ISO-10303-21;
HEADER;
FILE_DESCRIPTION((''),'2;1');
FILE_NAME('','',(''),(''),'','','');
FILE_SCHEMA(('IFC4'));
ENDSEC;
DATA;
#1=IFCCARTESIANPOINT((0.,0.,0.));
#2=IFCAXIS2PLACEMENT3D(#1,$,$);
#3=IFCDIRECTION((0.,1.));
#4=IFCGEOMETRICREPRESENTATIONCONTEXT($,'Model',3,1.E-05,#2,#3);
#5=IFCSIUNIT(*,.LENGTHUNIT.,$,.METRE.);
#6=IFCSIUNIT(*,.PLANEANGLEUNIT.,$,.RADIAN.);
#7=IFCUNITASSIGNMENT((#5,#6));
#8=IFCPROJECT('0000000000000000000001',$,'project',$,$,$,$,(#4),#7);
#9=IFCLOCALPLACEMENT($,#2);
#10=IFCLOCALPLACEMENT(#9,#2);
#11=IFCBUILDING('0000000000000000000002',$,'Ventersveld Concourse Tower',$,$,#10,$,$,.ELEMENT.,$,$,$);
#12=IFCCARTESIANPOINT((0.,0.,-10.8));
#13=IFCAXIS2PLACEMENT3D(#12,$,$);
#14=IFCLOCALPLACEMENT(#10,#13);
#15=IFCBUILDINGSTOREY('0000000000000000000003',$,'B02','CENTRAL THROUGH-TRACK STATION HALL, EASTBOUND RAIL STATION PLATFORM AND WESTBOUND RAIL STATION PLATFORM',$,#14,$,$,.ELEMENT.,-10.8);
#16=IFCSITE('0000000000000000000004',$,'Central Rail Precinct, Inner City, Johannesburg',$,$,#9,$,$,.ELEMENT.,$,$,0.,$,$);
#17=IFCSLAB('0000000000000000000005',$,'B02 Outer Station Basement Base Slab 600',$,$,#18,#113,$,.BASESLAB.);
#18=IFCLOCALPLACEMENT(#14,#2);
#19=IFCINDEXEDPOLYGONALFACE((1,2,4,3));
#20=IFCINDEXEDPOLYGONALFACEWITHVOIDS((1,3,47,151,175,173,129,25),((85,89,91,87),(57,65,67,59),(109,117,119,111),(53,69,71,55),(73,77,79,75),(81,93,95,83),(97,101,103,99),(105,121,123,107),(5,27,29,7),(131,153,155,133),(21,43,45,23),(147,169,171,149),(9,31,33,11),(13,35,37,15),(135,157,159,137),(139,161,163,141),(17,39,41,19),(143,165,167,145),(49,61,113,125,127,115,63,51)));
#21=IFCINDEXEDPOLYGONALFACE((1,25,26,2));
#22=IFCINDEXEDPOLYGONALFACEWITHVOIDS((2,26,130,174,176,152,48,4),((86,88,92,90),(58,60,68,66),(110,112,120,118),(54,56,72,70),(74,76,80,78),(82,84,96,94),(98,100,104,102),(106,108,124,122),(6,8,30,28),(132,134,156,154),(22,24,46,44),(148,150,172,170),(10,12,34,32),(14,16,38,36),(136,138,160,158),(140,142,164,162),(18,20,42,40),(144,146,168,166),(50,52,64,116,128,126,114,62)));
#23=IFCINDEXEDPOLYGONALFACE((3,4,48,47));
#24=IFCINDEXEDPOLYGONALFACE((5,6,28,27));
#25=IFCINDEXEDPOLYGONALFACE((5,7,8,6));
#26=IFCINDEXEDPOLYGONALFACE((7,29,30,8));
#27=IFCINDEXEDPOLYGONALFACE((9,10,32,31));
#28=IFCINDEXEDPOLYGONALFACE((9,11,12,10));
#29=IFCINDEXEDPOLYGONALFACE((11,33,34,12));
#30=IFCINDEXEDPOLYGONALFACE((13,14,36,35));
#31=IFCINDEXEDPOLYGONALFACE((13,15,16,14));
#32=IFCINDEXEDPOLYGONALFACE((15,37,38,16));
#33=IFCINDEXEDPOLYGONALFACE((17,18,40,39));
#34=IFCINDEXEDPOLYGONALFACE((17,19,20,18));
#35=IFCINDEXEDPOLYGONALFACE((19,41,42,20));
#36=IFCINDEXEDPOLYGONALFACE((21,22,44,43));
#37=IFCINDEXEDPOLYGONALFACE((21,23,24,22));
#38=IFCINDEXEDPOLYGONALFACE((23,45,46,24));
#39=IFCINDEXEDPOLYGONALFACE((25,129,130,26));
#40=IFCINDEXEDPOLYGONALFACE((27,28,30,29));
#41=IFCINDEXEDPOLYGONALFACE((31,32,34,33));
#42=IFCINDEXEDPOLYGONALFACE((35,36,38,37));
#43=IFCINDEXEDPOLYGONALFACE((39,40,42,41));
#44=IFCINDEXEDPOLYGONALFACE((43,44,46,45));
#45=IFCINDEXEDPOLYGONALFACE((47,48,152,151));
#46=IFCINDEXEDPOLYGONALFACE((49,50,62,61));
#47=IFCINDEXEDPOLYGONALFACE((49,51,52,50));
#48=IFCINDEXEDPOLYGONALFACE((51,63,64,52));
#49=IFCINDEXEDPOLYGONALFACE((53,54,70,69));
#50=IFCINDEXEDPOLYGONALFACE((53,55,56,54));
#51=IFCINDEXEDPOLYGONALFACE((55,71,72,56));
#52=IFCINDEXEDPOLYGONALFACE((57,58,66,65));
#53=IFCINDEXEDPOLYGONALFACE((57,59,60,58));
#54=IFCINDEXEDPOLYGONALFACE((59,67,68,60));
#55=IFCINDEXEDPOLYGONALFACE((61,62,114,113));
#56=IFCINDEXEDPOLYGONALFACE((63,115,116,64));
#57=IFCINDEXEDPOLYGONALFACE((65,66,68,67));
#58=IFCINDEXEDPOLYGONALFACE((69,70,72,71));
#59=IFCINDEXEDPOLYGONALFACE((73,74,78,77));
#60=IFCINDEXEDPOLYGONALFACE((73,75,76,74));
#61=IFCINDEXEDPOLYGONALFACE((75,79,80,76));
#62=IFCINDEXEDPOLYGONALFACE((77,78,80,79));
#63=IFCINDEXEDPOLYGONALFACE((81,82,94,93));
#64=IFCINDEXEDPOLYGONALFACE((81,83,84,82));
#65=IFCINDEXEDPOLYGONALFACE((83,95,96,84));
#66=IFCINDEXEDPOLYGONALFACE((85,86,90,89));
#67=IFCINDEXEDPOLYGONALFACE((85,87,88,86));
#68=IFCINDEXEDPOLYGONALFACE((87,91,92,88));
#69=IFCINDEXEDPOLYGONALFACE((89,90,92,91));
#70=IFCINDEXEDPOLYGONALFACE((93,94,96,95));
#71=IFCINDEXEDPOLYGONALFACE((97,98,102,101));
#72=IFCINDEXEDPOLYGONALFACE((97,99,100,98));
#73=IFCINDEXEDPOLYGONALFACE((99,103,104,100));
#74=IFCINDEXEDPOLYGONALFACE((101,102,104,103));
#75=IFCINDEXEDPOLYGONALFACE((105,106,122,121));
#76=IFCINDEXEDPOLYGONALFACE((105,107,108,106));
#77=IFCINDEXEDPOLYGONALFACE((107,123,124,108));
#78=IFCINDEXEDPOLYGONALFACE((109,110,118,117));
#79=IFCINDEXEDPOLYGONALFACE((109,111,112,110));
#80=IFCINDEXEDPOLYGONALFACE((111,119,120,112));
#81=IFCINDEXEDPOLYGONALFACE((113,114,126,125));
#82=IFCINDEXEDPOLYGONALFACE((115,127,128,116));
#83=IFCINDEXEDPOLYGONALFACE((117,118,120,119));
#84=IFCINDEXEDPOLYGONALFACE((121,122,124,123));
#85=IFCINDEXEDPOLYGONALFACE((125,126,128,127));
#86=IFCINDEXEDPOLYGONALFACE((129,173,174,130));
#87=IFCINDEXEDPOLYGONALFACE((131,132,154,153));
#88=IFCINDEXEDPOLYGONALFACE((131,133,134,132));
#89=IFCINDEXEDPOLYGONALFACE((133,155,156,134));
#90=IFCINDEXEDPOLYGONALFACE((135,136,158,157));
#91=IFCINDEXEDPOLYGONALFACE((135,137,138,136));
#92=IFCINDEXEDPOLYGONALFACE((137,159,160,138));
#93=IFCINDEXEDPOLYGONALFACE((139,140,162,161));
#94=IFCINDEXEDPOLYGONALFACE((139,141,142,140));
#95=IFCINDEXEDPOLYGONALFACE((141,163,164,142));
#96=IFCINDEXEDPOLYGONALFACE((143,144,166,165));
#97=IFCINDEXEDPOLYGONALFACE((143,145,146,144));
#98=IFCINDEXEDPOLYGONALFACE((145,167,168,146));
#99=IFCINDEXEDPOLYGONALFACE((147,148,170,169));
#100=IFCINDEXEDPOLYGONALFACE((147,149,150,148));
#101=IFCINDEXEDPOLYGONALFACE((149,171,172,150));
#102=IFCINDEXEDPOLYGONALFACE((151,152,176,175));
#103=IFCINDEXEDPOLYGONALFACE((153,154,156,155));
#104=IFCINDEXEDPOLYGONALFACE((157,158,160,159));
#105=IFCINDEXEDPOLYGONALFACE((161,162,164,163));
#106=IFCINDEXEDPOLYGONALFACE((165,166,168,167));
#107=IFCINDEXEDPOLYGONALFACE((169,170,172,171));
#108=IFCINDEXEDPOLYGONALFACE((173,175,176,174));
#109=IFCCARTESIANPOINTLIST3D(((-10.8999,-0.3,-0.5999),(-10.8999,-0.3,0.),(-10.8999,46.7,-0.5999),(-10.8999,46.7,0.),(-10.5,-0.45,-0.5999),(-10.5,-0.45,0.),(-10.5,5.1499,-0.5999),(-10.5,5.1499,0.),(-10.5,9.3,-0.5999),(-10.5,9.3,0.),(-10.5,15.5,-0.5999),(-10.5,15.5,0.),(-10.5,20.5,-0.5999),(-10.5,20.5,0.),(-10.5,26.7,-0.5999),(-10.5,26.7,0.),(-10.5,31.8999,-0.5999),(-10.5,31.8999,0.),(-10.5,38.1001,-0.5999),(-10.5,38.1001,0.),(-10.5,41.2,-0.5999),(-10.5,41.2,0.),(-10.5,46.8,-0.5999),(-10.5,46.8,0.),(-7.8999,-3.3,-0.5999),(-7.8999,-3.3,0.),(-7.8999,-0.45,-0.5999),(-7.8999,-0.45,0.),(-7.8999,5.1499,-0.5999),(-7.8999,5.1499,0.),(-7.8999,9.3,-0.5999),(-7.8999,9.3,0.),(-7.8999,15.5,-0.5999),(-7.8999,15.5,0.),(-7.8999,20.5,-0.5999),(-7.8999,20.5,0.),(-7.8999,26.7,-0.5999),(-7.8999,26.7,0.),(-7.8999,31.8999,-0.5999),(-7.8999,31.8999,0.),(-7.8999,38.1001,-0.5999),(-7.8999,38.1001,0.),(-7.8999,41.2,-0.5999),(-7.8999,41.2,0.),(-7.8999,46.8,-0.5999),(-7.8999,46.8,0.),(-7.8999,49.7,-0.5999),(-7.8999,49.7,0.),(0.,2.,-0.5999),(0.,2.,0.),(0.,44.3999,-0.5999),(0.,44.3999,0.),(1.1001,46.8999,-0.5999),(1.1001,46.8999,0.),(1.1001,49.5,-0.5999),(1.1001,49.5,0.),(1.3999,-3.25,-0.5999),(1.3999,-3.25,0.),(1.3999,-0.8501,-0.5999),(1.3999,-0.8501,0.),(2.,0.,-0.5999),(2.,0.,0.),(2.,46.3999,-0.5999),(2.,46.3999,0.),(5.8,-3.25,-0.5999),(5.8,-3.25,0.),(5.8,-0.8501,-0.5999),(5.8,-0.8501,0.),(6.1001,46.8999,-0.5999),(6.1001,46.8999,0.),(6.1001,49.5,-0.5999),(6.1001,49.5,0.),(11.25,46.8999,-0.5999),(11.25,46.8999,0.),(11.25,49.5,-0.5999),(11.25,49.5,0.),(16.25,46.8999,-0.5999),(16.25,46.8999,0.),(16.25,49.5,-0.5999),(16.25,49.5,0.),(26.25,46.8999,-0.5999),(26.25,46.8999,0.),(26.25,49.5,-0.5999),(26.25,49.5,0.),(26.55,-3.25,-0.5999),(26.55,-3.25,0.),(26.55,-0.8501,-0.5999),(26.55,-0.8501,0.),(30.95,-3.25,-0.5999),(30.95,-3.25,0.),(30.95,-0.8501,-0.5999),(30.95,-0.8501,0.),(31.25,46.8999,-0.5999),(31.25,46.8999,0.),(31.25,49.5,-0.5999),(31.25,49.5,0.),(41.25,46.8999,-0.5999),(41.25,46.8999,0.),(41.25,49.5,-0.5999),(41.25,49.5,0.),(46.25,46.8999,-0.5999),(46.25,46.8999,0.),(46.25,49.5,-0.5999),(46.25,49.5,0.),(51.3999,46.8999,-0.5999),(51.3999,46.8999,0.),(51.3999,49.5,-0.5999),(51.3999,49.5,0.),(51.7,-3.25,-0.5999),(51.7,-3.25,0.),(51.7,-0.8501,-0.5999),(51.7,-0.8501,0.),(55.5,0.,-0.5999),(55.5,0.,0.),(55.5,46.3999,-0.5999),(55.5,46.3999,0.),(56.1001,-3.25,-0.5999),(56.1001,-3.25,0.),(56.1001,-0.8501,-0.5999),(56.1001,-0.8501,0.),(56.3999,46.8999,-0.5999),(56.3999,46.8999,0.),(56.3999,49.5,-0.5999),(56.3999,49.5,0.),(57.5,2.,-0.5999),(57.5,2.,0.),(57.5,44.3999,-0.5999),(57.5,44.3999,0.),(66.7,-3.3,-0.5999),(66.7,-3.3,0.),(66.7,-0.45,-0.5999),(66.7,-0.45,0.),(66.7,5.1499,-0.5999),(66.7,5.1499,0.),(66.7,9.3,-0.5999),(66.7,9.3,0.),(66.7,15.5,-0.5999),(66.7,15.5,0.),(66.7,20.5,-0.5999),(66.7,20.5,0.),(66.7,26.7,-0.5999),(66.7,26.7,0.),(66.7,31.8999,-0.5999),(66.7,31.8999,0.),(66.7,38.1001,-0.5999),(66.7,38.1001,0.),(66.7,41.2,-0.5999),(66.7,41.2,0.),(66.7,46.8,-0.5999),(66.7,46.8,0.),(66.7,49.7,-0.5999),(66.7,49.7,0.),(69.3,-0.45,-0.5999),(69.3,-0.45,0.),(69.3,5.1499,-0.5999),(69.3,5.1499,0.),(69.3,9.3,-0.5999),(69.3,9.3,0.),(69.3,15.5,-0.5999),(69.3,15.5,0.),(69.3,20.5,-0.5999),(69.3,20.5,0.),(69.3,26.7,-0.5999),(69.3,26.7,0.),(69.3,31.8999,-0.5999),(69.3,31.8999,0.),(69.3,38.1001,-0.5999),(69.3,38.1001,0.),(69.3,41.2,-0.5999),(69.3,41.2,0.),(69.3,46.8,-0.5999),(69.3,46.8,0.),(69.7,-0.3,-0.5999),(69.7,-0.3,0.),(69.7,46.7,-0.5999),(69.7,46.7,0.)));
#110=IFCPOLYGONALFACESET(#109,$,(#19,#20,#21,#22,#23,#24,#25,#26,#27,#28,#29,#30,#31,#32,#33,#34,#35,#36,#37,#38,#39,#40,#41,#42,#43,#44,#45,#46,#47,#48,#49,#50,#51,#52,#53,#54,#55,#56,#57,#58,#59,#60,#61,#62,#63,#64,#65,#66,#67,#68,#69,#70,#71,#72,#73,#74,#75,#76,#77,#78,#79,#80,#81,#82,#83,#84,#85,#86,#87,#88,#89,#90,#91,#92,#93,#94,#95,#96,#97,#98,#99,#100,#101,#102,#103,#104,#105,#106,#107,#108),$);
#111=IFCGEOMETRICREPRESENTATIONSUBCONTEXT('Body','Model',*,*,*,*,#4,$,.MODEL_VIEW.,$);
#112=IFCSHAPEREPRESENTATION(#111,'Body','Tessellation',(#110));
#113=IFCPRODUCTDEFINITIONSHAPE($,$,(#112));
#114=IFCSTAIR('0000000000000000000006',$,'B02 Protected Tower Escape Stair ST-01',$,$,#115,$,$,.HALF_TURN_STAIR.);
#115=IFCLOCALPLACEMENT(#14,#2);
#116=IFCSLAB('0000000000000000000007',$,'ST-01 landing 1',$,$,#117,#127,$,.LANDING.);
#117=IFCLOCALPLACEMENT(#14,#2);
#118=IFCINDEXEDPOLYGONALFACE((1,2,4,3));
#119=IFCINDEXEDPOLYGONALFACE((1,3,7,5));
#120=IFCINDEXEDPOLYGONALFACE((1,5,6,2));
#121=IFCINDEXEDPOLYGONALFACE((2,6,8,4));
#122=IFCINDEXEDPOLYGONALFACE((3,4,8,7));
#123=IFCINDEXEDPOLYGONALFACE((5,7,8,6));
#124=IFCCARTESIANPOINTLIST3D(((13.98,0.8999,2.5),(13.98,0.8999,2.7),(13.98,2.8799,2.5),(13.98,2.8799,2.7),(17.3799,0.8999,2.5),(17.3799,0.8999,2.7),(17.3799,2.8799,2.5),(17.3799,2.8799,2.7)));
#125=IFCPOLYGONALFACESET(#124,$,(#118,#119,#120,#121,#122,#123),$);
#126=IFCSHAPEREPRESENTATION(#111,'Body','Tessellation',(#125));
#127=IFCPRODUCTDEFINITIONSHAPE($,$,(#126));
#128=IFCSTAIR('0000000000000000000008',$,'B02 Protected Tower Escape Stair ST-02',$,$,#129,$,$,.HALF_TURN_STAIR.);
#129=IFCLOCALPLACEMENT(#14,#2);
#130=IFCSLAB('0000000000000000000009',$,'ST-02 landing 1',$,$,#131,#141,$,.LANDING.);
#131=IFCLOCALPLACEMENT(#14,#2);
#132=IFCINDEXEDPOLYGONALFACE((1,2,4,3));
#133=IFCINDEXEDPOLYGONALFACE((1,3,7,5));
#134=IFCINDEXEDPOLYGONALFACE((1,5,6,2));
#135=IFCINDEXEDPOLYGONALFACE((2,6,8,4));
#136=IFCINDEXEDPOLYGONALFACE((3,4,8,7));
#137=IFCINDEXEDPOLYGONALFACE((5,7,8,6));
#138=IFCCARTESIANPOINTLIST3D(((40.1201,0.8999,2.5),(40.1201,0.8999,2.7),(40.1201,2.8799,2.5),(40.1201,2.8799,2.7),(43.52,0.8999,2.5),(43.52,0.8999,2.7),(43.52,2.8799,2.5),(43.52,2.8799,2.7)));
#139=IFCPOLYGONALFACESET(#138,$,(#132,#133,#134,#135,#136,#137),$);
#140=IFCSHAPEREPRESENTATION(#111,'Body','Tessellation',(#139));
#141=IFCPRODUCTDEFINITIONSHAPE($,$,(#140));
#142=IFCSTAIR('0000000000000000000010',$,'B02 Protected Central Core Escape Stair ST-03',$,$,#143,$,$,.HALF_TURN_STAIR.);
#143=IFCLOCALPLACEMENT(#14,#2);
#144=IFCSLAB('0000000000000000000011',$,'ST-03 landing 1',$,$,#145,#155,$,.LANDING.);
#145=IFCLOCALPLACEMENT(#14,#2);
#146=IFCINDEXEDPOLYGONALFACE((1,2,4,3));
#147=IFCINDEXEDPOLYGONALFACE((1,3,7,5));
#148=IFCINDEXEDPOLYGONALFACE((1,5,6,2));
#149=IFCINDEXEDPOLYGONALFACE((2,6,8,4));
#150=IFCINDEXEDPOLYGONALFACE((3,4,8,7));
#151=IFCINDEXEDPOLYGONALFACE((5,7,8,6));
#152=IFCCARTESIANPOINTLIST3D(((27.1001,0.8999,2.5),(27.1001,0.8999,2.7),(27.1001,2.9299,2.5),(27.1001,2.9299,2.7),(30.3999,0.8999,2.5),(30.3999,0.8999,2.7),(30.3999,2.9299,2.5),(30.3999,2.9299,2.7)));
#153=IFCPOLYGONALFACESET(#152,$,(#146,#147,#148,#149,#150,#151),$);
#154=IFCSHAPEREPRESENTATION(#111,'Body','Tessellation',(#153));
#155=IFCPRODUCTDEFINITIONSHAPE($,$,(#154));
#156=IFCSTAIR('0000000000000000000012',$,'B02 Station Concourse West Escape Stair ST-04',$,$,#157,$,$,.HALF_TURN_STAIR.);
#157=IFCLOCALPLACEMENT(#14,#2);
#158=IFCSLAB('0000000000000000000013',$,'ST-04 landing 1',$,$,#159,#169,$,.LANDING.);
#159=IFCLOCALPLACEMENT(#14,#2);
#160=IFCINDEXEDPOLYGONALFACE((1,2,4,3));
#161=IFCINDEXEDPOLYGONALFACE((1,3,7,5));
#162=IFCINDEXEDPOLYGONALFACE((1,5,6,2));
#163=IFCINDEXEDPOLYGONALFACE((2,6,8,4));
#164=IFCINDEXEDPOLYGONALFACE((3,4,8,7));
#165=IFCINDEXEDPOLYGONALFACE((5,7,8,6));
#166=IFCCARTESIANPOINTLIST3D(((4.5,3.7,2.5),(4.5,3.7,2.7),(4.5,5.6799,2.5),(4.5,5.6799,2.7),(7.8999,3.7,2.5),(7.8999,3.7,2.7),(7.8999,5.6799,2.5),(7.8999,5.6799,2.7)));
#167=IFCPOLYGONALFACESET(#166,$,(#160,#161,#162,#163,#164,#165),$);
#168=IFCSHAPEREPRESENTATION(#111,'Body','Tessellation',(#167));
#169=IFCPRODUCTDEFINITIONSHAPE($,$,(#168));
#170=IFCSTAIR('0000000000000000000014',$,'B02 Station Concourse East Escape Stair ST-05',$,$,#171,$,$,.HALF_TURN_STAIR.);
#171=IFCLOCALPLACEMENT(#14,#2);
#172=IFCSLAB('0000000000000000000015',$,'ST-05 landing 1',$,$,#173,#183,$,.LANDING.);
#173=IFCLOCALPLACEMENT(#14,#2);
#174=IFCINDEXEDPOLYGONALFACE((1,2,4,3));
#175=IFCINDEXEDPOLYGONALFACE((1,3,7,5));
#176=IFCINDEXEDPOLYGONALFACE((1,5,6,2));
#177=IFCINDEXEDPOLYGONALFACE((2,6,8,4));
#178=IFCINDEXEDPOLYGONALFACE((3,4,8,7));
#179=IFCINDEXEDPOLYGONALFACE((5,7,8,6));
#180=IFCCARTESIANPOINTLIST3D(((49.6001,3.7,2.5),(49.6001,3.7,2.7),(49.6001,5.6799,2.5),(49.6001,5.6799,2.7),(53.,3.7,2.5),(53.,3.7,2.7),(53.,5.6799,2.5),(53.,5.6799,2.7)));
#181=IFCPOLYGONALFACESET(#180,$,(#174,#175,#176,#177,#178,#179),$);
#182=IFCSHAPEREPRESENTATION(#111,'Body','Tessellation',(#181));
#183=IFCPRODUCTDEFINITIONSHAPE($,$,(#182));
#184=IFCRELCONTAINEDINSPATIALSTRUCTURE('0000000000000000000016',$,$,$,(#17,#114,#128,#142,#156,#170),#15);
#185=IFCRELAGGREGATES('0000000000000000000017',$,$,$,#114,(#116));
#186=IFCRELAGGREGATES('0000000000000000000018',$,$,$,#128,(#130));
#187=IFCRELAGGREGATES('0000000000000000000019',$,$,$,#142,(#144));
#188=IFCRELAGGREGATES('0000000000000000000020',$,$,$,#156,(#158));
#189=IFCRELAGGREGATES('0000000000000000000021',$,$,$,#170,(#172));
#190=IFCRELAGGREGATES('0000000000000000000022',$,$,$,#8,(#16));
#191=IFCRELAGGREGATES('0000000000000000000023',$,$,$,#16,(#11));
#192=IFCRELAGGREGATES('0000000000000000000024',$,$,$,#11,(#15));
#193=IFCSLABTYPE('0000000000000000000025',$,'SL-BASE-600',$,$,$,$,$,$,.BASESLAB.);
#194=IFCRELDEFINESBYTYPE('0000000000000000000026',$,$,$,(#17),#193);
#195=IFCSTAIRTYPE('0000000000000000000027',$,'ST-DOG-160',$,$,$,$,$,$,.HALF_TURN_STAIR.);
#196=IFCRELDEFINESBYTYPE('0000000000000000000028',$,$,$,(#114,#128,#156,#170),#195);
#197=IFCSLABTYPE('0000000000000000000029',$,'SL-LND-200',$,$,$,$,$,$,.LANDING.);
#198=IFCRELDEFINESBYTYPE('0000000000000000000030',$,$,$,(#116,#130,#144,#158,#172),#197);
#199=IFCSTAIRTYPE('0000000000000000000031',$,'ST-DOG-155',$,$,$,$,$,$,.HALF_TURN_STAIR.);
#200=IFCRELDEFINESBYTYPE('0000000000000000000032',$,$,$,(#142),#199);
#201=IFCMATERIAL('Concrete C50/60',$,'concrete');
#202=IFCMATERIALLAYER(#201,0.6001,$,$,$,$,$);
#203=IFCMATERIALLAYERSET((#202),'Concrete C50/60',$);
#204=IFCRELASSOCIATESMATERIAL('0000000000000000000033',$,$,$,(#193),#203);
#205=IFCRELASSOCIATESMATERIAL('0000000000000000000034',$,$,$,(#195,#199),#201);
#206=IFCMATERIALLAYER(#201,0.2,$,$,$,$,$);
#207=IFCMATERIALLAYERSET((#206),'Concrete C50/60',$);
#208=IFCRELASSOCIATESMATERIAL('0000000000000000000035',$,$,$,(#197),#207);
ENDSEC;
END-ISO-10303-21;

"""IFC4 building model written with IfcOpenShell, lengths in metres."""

from ifc_helpers import new_model, si_unit, direction, frame, origin, place, context, subcontext, project, spatial, polyline, outline, extrude, material, layer, layer_set, type_object, element, aggregate, save


model = new_model("IFC4")

# Units and contexts
model_context = context("Model", 3, precision=1e-05, world=origin(), true_north=direction((0.0, 1.0)))
body_context = subcontext(model_context, "Body", "Model", "MODEL_VIEW")
ifc_project = project(units=[si_unit("LENGTHUNIT", "METRE"), si_unit("PLANEANGLEUNIT", "RADIAN")], contexts=[model_context])

# Site, building, storey
site_placement = place(None, origin())
site = spatial("IfcSite", under=ifc_project, at=site_placement, Name="Central Rail Precinct, Inner City, Johannesburg", CompositionType="ELEMENT", RefElevation=0.0)
building_placement = place(site_placement, origin())
building = spatial("IfcBuilding", under=site, at=building_placement, Name="Ventersveld Concourse Tower", CompositionType="ELEMENT")
storey_placement = place(building_placement, frame((0.0, 0.0, -10.8)))
storey = spatial("IfcBuildingStorey", under=building, at=storey_placement, Name="B02", Description="CENTRAL THROUGH-TRACK STATION HALL, EASTBOUND RAIL STATION PLATFORM AND WESTBOUND RAIL STATION PLATFORM", CompositionType="ELEMENT", Elevation=-10.8)

# Shared definitions
ifc_material_1 = material(Name="Concrete C50/60", Category="concrete")

# Slab
ifc_layer_1 = layer(ifc_material_1, 0.6001)
ifc_layer_set_1 = layer_set([ifc_layer_1], Name="Concrete C50/60")
slab_type_1 = type_object("IfcSlabType", Name="SL-BASE-600", PredefinedType="BASESLAB", material=ifc_layer_set_1)
slab_1_placement = place(storey_placement, frame((0.0, 0.0, -0.5999)))
element("IfcSlab", 1, at=slab_1_placement, inside=storey, type_object=slab_type_1, Name="B02 Outer Station Basement Base Slab 600", PredefinedType="BASESLAB", context=body_context, shape_type="SweptSolid", body=[
    extrude(outline(polyline([(-7.8999, -3.3), (66.7, -3.3), (69.7, -0.3), (69.7, 46.7), (66.7, 49.7), (-7.8999, 49.7), (-10.8999, 46.7), (-10.8999, -0.3), (-7.8999, -3.3)]), holes=[polyline([(2.0, 0.0), (55.5, 0.0), (57.5, 2.0), (57.5, 44.3999), (55.5, 46.3999), (2.0, 46.3999), (0.0, 44.3999), (0.0, 2.0), (2.0, 0.0)]), polyline([(-10.5, -0.45), (-7.8999, -0.45), (-7.8999, 5.1499), (-10.5, 5.1499), (-10.5, -0.45)]), polyline([(-10.5, 9.3), (-7.8999, 9.3), (-7.8999, 15.5), (-10.5, 15.5), (-10.5, 9.3)]), polyline([(-10.5, 20.5), (-7.8999, 20.5), (-7.8999, 26.7), (-10.5, 26.7), (-10.5, 20.5)]), polyline([(-10.5, 31.8999), (-7.8999, 31.8999), (-7.8999, 38.1001), (-10.5, 38.1001), (-10.5, 31.8999)]), polyline([(-10.5, 41.2), (-7.8999, 41.2), (-7.8999, 46.8), (-10.5, 46.8), (-10.5, 41.2)]), polyline([(66.7, -0.45), (69.3, -0.45), (69.3, 5.1499), (66.7, 5.1499), (66.7, -0.45)]), polyline([(66.7, 9.3), (69.3, 9.3), (69.3, 15.5), (66.7, 15.5), (66.7, 9.3)]), polyline([(66.7, 20.5), (69.3, 20.5), (69.3, 26.7), (66.7, 26.7), (66.7, 20.5)]), polyline([(66.7, 31.8999), (69.3, 31.8999), (69.3, 38.1001), (66.7, 38.1001), (66.7, 31.8999)]), polyline([(66.7, 41.2), (69.3, 41.2), (69.3, 46.8), (66.7, 46.8), (66.7, 41.2)]), polyline([(1.1001, 46.8999), (6.1001, 46.8999), (6.1001, 49.5), (1.1001, 49.5), (1.1001, 46.8999)]), polyline([(11.25, 46.8999), (16.25, 46.8999), (16.25, 49.5), (11.25, 49.5), (11.25, 46.8999)]), polyline([(26.25, 46.8999), (31.25, 46.8999), (31.25, 49.5), (26.25, 49.5), (26.25, 46.8999)]), polyline([(41.25, 46.8999), (46.25, 46.8999), (46.25, 49.5), (41.25, 49.5), (41.25, 46.8999)]), polyline([(51.3999, 46.8999), (56.3999, 46.8999), (56.3999, 49.5), (51.3999, 49.5), (51.3999, 46.8999)]), polyline([(1.3999, -3.25), (5.8, -3.25), (5.8, -0.8501), (1.3999, -0.8501), (1.3999, -3.25)]), polyline([(26.55, -3.25), (30.95, -3.25), (30.95, -0.8501), (26.55, -0.8501), (26.55, -3.25)]), polyline([(51.7, -3.25), (56.1001, -3.25), (56.1001, -0.8501), (51.7, -0.8501), (51.7, -3.25)])]), origin(), (0.0, 0.0, 1.0), 0.5999),
])

# Stairs, slabs
stair_type_1 = type_object("IfcStairType", Name="ST-DOG-160", PredefinedType="HALF_TURN_STAIR", material=ifc_material_1)
stair_1_placement = place(storey_placement, origin())
stair_1 = element("IfcStair", 2, at=stair_1_placement, inside=storey, type_object=stair_type_1, Name="B02 Protected Tower Escape Stair ST-01", PredefinedType="HALF_TURN_STAIR")
ifc_layer_2 = layer(ifc_material_1, 0.2)
ifc_layer_set_2 = layer_set([ifc_layer_2], Name="Concrete C50/60")
slab_type_2 = type_object("IfcSlabType", Name="SL-LND-200", PredefinedType="LANDING", material=ifc_layer_set_2)
slab_2_placement = place(storey_placement, frame((0.0, 0.0, 2.5)))
slab_2 = element("IfcSlab", 3, at=slab_2_placement, type_object=slab_type_2, Name="ST-01 landing 1", PredefinedType="LANDING", context=body_context, shape_type="SweptSolid", body=[
    extrude(outline(polyline([(13.98, 2.8799), (13.98, 0.8999), (17.3799, 0.8999), (17.3799, 2.8799), (13.98, 2.8799)])), origin(), (0.0, 0.0, 1.0), 0.2),
])
aggregate(stair_1, [slab_2])
stair_2_placement = place(storey_placement, origin())
stair_2 = element("IfcStair", 4, at=stair_2_placement, inside=storey, type_object=stair_type_1, Name="B02 Protected Tower Escape Stair ST-02", PredefinedType="HALF_TURN_STAIR")
slab_3_placement = place(storey_placement, frame((0.0, 0.0, 2.5)))
slab_3 = element("IfcSlab", 5, at=slab_3_placement, type_object=slab_type_2, Name="ST-02 landing 1", PredefinedType="LANDING", context=body_context, shape_type="SweptSolid", body=[
    extrude(outline(polyline([(40.1201, 2.8799), (40.1201, 0.8999), (43.52, 0.8999), (43.52, 2.8799), (40.1201, 2.8799)])), origin(), (0.0, 0.0, 1.0), 0.2),
])
aggregate(stair_2, [slab_3])
stair_type_2 = type_object("IfcStairType", Name="ST-DOG-155", PredefinedType="HALF_TURN_STAIR", material=ifc_material_1)
stair_3_placement = place(storey_placement, origin())
stair_3 = element("IfcStair", 6, at=stair_3_placement, inside=storey, type_object=stair_type_2, Name="B02 Protected Central Core Escape Stair ST-03", PredefinedType="HALF_TURN_STAIR")
slab_4_placement = place(storey_placement, frame((0.0, 0.0, 2.5)))
slab_4 = element("IfcSlab", 7, at=slab_4_placement, type_object=slab_type_2, Name="ST-03 landing 1", PredefinedType="LANDING", context=body_context, shape_type="SweptSolid", body=[
    extrude(outline(polyline([(27.1001, 2.9299), (27.1001, 0.8999), (30.3999, 0.8999), (30.3999, 2.9299), (27.1001, 2.9299)])), origin(), (0.0, 0.0, 1.0), 0.2),
])
aggregate(stair_3, [slab_4])
stair_4_placement = place(storey_placement, origin())
stair_4 = element("IfcStair", 8, at=stair_4_placement, inside=storey, type_object=stair_type_1, Name="B02 Station Concourse West Escape Stair ST-04", PredefinedType="HALF_TURN_STAIR")
slab_5_placement = place(storey_placement, frame((0.0, 0.0, 2.5)))
slab_5 = element("IfcSlab", 9, at=slab_5_placement, type_object=slab_type_2, Name="ST-04 landing 1", PredefinedType="LANDING", context=body_context, shape_type="SweptSolid", body=[
    extrude(outline(polyline([(4.5, 5.6799), (4.5, 3.7), (7.8999, 3.7), (7.8999, 5.6799), (4.5, 5.6799)])), origin(), (0.0, 0.0, 1.0), 0.2),
])
aggregate(stair_4, [slab_5])
stair_5_placement = place(storey_placement, origin())
stair_5 = element("IfcStair", 10, at=stair_5_placement, inside=storey, type_object=stair_type_1, Name="B02 Station Concourse East Escape Stair ST-05", PredefinedType="HALF_TURN_STAIR")
slab_6_placement = place(storey_placement, frame((0.0, 0.0, 2.5)))
slab_6 = element("IfcSlab", 11, at=slab_6_placement, type_object=slab_type_2, Name="ST-05 landing 1", PredefinedType="LANDING", context=body_context, shape_type="SweptSolid", body=[
    extrude(outline(polyline([(49.6001, 5.6799), (49.6001, 3.7), (53.0, 3.7), (53.0, 5.6799), (49.6001, 5.6799)])), origin(), (0.0, 0.0, 1.0), 0.2),
])
aggregate(stair_5, [slab_6])

save(model, "model.ifc")
